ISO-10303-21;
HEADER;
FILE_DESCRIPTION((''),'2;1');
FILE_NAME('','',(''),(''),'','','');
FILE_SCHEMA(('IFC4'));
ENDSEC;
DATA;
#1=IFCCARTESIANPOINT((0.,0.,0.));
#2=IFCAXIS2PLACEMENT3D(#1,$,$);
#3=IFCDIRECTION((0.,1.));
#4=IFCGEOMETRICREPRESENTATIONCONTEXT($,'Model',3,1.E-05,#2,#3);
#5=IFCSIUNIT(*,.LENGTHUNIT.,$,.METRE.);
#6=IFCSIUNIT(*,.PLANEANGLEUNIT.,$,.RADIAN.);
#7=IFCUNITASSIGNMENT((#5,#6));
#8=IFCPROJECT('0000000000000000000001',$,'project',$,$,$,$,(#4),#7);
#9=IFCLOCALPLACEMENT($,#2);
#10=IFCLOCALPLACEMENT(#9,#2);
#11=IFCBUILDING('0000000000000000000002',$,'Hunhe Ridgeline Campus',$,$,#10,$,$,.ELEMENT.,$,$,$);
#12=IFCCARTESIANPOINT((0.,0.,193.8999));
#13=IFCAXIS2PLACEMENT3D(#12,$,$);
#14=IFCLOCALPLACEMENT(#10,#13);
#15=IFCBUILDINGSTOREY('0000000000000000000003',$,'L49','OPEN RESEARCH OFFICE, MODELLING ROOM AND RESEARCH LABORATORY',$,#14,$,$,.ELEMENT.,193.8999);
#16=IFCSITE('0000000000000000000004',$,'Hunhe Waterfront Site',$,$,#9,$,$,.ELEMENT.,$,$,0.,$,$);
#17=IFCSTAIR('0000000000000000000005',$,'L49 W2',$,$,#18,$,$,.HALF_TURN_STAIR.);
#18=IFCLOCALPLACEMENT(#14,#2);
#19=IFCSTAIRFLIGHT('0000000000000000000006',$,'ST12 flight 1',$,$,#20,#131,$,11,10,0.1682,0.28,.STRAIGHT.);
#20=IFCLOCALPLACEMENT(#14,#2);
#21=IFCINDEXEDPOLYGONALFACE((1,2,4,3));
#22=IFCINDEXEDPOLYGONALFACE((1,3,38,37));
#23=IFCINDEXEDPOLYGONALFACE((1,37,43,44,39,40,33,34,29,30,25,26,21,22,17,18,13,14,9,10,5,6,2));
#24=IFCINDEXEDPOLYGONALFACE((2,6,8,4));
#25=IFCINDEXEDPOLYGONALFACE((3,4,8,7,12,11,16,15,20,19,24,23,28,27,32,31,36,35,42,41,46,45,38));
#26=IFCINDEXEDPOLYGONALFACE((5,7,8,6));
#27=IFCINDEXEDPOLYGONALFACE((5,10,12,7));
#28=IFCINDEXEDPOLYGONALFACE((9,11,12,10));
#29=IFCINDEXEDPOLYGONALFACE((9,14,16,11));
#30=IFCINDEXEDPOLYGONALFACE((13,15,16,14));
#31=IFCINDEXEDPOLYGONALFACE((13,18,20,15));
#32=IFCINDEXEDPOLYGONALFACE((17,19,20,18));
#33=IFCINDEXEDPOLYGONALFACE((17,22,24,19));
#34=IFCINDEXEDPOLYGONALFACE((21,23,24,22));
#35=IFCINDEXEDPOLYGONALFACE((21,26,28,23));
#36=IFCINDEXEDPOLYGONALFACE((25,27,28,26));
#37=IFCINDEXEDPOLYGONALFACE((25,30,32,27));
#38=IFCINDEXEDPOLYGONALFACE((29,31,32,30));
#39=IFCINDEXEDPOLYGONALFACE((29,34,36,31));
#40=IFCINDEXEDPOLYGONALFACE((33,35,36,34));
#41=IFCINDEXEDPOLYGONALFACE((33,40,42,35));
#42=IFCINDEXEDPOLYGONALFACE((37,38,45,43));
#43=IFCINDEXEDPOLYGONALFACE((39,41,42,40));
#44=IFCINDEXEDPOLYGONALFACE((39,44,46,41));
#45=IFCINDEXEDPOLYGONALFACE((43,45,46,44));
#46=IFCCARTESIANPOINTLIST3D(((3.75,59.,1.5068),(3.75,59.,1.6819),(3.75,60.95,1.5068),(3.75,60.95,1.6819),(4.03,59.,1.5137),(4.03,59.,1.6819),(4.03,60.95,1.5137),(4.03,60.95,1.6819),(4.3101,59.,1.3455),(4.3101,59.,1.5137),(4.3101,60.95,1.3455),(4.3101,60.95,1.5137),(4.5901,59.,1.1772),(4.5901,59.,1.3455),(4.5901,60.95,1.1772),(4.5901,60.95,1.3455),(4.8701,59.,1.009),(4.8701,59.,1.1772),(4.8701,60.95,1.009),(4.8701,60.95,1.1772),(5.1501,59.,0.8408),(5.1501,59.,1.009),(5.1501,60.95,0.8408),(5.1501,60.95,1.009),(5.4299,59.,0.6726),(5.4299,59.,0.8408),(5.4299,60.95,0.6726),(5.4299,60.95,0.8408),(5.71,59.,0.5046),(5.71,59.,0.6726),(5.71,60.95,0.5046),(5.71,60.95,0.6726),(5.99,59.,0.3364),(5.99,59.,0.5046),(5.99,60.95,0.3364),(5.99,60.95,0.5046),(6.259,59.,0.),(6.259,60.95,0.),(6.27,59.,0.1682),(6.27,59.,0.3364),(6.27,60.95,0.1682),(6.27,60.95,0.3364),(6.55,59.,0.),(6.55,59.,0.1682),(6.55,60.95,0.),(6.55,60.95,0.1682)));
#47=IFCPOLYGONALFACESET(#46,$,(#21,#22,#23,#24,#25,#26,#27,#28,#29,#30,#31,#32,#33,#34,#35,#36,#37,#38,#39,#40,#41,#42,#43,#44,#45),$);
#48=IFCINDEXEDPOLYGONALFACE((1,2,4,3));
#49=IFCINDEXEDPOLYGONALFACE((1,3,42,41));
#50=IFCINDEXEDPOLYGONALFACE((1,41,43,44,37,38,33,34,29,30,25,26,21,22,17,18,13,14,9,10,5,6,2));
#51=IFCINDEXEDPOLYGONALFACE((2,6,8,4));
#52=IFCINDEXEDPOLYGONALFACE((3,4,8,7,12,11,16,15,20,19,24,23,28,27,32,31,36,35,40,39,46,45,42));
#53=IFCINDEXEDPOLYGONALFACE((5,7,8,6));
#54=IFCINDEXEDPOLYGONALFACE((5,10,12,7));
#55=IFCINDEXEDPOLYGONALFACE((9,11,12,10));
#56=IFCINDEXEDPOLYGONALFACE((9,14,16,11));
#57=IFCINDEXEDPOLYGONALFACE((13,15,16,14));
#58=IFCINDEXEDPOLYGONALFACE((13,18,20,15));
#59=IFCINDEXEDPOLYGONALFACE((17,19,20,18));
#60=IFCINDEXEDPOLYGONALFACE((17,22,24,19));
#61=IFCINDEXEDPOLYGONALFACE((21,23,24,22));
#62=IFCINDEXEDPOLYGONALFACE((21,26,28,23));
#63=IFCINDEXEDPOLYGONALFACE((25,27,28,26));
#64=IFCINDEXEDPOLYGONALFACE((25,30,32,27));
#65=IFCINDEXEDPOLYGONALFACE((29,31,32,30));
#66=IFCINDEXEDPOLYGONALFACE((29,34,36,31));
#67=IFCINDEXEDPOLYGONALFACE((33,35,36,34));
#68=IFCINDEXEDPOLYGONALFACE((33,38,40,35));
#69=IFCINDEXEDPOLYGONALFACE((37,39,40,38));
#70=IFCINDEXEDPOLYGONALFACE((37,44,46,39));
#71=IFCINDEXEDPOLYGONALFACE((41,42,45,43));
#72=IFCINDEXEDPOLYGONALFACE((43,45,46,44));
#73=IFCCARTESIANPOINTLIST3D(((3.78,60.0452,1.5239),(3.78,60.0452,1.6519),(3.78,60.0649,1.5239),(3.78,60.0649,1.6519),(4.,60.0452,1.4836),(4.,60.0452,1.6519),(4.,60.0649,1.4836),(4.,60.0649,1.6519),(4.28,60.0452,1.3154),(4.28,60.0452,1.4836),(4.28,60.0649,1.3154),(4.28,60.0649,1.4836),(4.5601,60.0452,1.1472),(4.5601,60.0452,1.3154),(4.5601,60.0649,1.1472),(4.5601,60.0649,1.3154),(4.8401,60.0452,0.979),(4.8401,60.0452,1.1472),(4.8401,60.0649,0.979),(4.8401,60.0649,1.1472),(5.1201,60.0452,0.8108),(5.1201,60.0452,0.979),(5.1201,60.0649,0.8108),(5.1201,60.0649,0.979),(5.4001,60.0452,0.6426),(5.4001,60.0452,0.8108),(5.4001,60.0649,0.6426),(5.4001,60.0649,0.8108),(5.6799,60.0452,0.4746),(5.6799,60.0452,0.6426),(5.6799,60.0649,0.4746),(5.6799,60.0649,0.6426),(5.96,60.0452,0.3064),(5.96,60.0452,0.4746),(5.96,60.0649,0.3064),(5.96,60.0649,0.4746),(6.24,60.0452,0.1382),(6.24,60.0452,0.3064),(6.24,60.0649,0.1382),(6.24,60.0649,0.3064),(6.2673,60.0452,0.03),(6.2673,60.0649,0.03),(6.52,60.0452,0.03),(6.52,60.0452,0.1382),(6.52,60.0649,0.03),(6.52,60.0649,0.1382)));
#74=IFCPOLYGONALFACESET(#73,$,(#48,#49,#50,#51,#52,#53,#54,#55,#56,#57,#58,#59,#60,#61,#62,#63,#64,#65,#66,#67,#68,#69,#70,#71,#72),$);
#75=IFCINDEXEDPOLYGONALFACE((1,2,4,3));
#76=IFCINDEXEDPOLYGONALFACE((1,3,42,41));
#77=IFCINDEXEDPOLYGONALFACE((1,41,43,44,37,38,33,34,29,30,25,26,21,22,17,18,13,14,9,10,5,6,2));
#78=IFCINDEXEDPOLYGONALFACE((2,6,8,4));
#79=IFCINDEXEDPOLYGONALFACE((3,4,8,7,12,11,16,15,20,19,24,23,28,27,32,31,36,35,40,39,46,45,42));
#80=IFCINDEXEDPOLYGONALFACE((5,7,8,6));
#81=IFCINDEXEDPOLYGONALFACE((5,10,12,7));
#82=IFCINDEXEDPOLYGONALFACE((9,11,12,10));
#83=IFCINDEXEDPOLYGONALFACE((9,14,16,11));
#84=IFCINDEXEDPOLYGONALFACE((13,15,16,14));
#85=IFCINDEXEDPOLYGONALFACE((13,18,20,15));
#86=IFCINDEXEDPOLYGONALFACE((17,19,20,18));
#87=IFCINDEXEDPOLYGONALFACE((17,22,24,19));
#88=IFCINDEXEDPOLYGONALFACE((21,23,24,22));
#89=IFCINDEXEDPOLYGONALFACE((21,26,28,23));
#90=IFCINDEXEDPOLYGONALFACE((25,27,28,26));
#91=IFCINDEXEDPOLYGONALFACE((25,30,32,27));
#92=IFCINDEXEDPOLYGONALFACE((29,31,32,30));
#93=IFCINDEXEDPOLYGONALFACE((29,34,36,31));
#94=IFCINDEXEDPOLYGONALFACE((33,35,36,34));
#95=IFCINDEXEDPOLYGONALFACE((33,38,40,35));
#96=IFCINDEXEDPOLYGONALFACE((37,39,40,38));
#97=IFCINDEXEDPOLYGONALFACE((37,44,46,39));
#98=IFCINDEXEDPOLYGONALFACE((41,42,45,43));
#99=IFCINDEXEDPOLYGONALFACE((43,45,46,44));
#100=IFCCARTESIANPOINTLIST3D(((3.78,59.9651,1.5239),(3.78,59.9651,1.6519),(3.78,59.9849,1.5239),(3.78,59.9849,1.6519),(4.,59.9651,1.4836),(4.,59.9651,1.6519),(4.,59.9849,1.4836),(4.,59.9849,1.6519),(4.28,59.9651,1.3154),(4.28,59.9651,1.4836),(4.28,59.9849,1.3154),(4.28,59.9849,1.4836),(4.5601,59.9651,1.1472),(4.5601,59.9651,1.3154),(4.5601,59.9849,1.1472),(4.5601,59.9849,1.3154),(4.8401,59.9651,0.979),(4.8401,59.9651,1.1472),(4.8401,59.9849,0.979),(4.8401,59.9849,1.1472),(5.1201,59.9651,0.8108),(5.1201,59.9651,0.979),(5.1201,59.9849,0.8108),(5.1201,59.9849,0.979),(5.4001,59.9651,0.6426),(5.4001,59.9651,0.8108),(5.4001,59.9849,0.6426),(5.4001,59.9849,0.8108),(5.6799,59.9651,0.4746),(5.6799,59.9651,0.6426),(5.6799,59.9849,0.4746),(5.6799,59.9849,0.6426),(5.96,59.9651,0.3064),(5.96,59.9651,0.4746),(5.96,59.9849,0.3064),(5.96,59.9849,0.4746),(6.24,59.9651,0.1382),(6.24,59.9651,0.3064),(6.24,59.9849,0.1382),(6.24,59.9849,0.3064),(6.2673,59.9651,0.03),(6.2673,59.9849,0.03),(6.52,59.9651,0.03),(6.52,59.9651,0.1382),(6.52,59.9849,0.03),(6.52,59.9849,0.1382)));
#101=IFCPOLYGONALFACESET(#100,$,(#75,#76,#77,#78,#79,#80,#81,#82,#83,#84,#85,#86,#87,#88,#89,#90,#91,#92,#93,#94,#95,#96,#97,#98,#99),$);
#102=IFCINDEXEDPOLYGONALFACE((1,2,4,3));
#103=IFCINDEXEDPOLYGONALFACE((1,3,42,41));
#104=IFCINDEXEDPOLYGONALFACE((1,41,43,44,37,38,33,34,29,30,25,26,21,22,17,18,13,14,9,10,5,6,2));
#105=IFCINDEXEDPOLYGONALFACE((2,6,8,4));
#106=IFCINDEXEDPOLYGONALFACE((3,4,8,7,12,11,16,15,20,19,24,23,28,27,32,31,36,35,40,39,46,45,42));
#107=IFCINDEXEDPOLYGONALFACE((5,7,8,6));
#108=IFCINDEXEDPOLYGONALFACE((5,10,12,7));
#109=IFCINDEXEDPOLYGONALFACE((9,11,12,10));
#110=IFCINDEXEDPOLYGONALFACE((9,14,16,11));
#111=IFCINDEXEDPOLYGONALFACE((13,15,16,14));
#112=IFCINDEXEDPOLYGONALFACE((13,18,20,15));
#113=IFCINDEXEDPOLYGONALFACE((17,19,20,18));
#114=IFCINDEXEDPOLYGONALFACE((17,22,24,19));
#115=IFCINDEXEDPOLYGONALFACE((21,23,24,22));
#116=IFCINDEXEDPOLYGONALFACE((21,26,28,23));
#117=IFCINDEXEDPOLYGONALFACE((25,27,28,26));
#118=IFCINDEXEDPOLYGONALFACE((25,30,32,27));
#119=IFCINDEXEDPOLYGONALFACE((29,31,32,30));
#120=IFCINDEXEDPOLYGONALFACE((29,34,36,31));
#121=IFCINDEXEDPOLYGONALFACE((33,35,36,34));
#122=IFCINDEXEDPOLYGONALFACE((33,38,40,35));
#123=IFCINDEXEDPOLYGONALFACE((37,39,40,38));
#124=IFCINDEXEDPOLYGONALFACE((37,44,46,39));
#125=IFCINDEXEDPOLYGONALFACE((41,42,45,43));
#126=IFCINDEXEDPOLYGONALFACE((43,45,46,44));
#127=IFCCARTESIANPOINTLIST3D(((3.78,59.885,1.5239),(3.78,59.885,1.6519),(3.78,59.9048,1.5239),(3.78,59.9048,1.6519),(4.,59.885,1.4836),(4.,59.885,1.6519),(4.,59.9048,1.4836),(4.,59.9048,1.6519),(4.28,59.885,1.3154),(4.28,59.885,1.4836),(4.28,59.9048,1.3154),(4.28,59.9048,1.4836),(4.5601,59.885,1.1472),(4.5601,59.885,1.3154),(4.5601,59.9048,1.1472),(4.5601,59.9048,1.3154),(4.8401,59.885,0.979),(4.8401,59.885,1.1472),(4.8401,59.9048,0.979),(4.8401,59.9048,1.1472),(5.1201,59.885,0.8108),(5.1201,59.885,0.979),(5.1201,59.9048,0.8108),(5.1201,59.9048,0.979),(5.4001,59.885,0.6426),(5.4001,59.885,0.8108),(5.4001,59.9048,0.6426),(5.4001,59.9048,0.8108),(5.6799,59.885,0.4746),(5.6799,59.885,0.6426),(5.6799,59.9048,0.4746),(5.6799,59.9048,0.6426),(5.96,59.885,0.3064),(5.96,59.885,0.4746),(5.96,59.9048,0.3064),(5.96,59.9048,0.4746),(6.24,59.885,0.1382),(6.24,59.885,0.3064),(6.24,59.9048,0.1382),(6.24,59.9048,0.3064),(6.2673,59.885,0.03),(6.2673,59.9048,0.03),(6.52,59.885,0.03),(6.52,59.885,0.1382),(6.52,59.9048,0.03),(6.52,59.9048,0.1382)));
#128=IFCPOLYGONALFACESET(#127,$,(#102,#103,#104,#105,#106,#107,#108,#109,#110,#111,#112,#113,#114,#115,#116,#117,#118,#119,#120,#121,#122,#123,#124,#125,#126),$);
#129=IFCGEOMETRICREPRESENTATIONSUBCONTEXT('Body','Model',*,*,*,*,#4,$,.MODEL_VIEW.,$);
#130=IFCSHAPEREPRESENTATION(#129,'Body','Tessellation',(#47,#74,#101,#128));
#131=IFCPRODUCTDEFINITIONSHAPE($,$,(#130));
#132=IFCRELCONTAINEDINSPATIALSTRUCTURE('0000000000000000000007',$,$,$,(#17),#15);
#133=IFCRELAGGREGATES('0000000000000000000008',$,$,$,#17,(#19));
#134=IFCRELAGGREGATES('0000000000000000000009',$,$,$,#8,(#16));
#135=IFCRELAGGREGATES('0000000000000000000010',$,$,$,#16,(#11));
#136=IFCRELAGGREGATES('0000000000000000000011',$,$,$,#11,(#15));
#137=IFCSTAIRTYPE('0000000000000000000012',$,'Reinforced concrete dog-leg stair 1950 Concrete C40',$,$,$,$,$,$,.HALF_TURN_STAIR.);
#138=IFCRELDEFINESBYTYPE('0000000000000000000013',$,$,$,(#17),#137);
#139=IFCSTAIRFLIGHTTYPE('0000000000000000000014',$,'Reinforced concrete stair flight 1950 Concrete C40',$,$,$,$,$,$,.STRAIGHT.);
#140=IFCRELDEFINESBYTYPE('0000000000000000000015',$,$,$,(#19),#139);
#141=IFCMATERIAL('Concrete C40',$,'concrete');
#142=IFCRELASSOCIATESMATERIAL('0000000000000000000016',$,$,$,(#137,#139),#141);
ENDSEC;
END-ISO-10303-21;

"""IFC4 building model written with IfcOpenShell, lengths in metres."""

from ifc_helpers import new_model, si_unit, direction, frame, origin, place, context, subcontext, project, spatial, polyline, outline, extrude, material, type_object, element, aggregate, save


model = new_model("IFC4")

# Units and contexts
model_context = context("Model", 3, precision=1e-05, world=origin(), true_north=direction((0.0, 1.0)))
body_context = subcontext(model_context, "Body", "Model", "MODEL_VIEW")
ifc_project = project(units=[si_unit("LENGTHUNIT", "METRE"), si_unit("PLANEANGLEUNIT", "RADIAN")], contexts=[model_context])

# Site, building, storey
site_placement = place(None, origin())
site = spatial("IfcSite", under=ifc_project, at=site_placement, Name="Hunhe Waterfront Site", CompositionType="ELEMENT", RefElevation=0.0)
building_placement = place(site_placement, origin())
building = spatial("IfcBuilding", under=site, at=building_placement, Name="Hunhe Ridgeline Campus", CompositionType="ELEMENT")
storey_placement = place(building_placement, frame((0.0, 0.0, 193.8999)))
storey = spatial("IfcBuildingStorey", under=building, at=storey_placement, Name="L49", Description="OPEN RESEARCH OFFICE, MODELLING ROOM AND RESEARCH LABORATORY", CompositionType="ELEMENT", Elevation=193.8999)

# Shared definitions
ifc_material_1 = material(Name="Concrete C40", Category="concrete")
stair_type = type_object("IfcStairType", Name="Reinforced concrete dog-leg stair 1950 Concrete C40", PredefinedType="HALF_TURN_STAIR", material=ifc_material_1)
stair_flight_type = type_object("IfcStairFlightType", Name="Reinforced concrete stair flight 1950 Concrete C40", PredefinedType="STRAIGHT", material=ifc_material_1)

# Stair, stair flight
stair_1_placement = place(storey_placement, origin())
stair_1 = element("IfcStair", 1, at=stair_1_placement, inside=storey, type_object=stair_type, Name="L49 W2", PredefinedType="HALF_TURN_STAIR")
stair_flight_1_placement = place(storey_placement, frame((6.55, 59.9751, 0.0), z_axis=(0.0, 0.0, 1.0), x_axis=(-1.0, 0.0, 0.0)))
stair_flight_1 = element("IfcStairFlight", 2, at=stair_flight_1_placement, type_object=stair_flight_type, Name="ST12 flight 1", NumberOfRisers=11, NumberOfTreads=10, PredefinedType="STRAIGHT", RiserHeight=0.1682, TreadLength=0.28, context=body_context, shape_type="SweptSolid", body=[
    extrude(outline(polyline([(0.0, 0.0), (0.0, 0.1682), (0.28, 0.1682), (0.28, 0.3364), (0.5601, 0.3364), (0.5601, 0.5046), (0.8401, 0.5046), (0.8401, 0.6726), (1.1201, 0.6726), (1.1201, 0.8408), (1.3999, 0.8408), (1.3999, 1.009), (1.6799, 1.009), (1.6799, 1.1772), (1.96, 1.1772), (1.96, 1.3455), (2.24, 1.3455), (2.24, 1.5137), (2.52, 1.5137), (2.52, 1.6819), (2.8, 1.6819), (2.8, 1.8501), (2.8, 1.5068), (0.291, 0.0), (0.0, 0.0)])), frame((0.0, 0.9751, 0.0), z_axis=(0.0, -1.0, 0.0), x_axis=(1.0, 0.0, 0.0)), (0.0, 0.0, 1.0), 1.95),
    extrude(outline(polyline([(0.03, 0.03), (0.03, 0.1382), (0.3101, 0.1382), (0.3101, 0.3064), (0.5901, 0.3064), (0.5901, 0.4746), (0.8701, 0.4746), (0.8701, 0.6426), (1.1499, 0.6426), (1.1499, 0.8108), (1.4299, 0.8108), (1.4299, 0.979), (1.71, 0.979), (1.71, 1.1472), (1.99, 1.1472), (1.99, 1.3154), (2.27, 1.3154), (2.27, 1.4836), (2.55, 1.4836), (2.55, 1.6519), (2.77, 1.6519), (2.77, 1.5239), (0.2827, 0.03), (0.03, 0.03)])), frame((0.0, -0.0701, 0.0), z_axis=(0.0, -1.0, 0.0), x_axis=(1.0, 0.0, 0.0)), (0.0, 0.0, 1.0), 0.0198),
    extrude(outline(polyline([(0.03, 0.03), (0.03, 0.1382), (0.3101, 0.1382), (0.3101, 0.3064), (0.5901, 0.3064), (0.5901, 0.4746), (0.8701, 0.4746), (0.8701, 0.6426), (1.1499, 0.6426), (1.1499, 0.8108), (1.4299, 0.8108), (1.4299, 0.979), (1.71, 0.979), (1.71, 1.1472), (1.99, 1.1472), (1.99, 1.3154), (2.27, 1.3154), (2.27, 1.4836), (2.55, 1.4836), (2.55, 1.6519), (2.77, 1.6519), (2.77, 1.5239), (0.2827, 0.03), (0.03, 0.03)])), frame((0.0, 0.01, 0.0), z_axis=(0.0, -1.0, 0.0), x_axis=(1.0, 0.0, 0.0)), (0.0, 0.0, 1.0), 0.0198),
    extrude(outline(polyline([(0.03, 0.03), (0.03, 0.1382), (0.3101, 0.1382), (0.3101, 0.3064), (0.5901, 0.3064), (0.5901, 0.4746), (0.8701, 0.4746), (0.8701, 0.6426), (1.1499, 0.6426), (1.1499, 0.8108), (1.4299, 0.8108), (1.4299, 0.979), (1.71, 0.979), (1.71, 1.1472), (1.99, 1.1472), (1.99, 1.3154), (2.27, 1.3154), (2.27, 1.4836), (2.55, 1.4836), (2.55, 1.6519), (2.77, 1.6519), (2.77, 1.5239), (0.2827, 0.03), (0.03, 0.03)])), frame((0.0, 0.0901, 0.0), z_axis=(0.0, -1.0, 0.0), x_axis=(1.0, 0.0, 0.0)), (0.0, 0.0, 1.0), 0.0198),
])
aggregate(stair_1, [stair_flight_1])

save(model, "model.ifc")
